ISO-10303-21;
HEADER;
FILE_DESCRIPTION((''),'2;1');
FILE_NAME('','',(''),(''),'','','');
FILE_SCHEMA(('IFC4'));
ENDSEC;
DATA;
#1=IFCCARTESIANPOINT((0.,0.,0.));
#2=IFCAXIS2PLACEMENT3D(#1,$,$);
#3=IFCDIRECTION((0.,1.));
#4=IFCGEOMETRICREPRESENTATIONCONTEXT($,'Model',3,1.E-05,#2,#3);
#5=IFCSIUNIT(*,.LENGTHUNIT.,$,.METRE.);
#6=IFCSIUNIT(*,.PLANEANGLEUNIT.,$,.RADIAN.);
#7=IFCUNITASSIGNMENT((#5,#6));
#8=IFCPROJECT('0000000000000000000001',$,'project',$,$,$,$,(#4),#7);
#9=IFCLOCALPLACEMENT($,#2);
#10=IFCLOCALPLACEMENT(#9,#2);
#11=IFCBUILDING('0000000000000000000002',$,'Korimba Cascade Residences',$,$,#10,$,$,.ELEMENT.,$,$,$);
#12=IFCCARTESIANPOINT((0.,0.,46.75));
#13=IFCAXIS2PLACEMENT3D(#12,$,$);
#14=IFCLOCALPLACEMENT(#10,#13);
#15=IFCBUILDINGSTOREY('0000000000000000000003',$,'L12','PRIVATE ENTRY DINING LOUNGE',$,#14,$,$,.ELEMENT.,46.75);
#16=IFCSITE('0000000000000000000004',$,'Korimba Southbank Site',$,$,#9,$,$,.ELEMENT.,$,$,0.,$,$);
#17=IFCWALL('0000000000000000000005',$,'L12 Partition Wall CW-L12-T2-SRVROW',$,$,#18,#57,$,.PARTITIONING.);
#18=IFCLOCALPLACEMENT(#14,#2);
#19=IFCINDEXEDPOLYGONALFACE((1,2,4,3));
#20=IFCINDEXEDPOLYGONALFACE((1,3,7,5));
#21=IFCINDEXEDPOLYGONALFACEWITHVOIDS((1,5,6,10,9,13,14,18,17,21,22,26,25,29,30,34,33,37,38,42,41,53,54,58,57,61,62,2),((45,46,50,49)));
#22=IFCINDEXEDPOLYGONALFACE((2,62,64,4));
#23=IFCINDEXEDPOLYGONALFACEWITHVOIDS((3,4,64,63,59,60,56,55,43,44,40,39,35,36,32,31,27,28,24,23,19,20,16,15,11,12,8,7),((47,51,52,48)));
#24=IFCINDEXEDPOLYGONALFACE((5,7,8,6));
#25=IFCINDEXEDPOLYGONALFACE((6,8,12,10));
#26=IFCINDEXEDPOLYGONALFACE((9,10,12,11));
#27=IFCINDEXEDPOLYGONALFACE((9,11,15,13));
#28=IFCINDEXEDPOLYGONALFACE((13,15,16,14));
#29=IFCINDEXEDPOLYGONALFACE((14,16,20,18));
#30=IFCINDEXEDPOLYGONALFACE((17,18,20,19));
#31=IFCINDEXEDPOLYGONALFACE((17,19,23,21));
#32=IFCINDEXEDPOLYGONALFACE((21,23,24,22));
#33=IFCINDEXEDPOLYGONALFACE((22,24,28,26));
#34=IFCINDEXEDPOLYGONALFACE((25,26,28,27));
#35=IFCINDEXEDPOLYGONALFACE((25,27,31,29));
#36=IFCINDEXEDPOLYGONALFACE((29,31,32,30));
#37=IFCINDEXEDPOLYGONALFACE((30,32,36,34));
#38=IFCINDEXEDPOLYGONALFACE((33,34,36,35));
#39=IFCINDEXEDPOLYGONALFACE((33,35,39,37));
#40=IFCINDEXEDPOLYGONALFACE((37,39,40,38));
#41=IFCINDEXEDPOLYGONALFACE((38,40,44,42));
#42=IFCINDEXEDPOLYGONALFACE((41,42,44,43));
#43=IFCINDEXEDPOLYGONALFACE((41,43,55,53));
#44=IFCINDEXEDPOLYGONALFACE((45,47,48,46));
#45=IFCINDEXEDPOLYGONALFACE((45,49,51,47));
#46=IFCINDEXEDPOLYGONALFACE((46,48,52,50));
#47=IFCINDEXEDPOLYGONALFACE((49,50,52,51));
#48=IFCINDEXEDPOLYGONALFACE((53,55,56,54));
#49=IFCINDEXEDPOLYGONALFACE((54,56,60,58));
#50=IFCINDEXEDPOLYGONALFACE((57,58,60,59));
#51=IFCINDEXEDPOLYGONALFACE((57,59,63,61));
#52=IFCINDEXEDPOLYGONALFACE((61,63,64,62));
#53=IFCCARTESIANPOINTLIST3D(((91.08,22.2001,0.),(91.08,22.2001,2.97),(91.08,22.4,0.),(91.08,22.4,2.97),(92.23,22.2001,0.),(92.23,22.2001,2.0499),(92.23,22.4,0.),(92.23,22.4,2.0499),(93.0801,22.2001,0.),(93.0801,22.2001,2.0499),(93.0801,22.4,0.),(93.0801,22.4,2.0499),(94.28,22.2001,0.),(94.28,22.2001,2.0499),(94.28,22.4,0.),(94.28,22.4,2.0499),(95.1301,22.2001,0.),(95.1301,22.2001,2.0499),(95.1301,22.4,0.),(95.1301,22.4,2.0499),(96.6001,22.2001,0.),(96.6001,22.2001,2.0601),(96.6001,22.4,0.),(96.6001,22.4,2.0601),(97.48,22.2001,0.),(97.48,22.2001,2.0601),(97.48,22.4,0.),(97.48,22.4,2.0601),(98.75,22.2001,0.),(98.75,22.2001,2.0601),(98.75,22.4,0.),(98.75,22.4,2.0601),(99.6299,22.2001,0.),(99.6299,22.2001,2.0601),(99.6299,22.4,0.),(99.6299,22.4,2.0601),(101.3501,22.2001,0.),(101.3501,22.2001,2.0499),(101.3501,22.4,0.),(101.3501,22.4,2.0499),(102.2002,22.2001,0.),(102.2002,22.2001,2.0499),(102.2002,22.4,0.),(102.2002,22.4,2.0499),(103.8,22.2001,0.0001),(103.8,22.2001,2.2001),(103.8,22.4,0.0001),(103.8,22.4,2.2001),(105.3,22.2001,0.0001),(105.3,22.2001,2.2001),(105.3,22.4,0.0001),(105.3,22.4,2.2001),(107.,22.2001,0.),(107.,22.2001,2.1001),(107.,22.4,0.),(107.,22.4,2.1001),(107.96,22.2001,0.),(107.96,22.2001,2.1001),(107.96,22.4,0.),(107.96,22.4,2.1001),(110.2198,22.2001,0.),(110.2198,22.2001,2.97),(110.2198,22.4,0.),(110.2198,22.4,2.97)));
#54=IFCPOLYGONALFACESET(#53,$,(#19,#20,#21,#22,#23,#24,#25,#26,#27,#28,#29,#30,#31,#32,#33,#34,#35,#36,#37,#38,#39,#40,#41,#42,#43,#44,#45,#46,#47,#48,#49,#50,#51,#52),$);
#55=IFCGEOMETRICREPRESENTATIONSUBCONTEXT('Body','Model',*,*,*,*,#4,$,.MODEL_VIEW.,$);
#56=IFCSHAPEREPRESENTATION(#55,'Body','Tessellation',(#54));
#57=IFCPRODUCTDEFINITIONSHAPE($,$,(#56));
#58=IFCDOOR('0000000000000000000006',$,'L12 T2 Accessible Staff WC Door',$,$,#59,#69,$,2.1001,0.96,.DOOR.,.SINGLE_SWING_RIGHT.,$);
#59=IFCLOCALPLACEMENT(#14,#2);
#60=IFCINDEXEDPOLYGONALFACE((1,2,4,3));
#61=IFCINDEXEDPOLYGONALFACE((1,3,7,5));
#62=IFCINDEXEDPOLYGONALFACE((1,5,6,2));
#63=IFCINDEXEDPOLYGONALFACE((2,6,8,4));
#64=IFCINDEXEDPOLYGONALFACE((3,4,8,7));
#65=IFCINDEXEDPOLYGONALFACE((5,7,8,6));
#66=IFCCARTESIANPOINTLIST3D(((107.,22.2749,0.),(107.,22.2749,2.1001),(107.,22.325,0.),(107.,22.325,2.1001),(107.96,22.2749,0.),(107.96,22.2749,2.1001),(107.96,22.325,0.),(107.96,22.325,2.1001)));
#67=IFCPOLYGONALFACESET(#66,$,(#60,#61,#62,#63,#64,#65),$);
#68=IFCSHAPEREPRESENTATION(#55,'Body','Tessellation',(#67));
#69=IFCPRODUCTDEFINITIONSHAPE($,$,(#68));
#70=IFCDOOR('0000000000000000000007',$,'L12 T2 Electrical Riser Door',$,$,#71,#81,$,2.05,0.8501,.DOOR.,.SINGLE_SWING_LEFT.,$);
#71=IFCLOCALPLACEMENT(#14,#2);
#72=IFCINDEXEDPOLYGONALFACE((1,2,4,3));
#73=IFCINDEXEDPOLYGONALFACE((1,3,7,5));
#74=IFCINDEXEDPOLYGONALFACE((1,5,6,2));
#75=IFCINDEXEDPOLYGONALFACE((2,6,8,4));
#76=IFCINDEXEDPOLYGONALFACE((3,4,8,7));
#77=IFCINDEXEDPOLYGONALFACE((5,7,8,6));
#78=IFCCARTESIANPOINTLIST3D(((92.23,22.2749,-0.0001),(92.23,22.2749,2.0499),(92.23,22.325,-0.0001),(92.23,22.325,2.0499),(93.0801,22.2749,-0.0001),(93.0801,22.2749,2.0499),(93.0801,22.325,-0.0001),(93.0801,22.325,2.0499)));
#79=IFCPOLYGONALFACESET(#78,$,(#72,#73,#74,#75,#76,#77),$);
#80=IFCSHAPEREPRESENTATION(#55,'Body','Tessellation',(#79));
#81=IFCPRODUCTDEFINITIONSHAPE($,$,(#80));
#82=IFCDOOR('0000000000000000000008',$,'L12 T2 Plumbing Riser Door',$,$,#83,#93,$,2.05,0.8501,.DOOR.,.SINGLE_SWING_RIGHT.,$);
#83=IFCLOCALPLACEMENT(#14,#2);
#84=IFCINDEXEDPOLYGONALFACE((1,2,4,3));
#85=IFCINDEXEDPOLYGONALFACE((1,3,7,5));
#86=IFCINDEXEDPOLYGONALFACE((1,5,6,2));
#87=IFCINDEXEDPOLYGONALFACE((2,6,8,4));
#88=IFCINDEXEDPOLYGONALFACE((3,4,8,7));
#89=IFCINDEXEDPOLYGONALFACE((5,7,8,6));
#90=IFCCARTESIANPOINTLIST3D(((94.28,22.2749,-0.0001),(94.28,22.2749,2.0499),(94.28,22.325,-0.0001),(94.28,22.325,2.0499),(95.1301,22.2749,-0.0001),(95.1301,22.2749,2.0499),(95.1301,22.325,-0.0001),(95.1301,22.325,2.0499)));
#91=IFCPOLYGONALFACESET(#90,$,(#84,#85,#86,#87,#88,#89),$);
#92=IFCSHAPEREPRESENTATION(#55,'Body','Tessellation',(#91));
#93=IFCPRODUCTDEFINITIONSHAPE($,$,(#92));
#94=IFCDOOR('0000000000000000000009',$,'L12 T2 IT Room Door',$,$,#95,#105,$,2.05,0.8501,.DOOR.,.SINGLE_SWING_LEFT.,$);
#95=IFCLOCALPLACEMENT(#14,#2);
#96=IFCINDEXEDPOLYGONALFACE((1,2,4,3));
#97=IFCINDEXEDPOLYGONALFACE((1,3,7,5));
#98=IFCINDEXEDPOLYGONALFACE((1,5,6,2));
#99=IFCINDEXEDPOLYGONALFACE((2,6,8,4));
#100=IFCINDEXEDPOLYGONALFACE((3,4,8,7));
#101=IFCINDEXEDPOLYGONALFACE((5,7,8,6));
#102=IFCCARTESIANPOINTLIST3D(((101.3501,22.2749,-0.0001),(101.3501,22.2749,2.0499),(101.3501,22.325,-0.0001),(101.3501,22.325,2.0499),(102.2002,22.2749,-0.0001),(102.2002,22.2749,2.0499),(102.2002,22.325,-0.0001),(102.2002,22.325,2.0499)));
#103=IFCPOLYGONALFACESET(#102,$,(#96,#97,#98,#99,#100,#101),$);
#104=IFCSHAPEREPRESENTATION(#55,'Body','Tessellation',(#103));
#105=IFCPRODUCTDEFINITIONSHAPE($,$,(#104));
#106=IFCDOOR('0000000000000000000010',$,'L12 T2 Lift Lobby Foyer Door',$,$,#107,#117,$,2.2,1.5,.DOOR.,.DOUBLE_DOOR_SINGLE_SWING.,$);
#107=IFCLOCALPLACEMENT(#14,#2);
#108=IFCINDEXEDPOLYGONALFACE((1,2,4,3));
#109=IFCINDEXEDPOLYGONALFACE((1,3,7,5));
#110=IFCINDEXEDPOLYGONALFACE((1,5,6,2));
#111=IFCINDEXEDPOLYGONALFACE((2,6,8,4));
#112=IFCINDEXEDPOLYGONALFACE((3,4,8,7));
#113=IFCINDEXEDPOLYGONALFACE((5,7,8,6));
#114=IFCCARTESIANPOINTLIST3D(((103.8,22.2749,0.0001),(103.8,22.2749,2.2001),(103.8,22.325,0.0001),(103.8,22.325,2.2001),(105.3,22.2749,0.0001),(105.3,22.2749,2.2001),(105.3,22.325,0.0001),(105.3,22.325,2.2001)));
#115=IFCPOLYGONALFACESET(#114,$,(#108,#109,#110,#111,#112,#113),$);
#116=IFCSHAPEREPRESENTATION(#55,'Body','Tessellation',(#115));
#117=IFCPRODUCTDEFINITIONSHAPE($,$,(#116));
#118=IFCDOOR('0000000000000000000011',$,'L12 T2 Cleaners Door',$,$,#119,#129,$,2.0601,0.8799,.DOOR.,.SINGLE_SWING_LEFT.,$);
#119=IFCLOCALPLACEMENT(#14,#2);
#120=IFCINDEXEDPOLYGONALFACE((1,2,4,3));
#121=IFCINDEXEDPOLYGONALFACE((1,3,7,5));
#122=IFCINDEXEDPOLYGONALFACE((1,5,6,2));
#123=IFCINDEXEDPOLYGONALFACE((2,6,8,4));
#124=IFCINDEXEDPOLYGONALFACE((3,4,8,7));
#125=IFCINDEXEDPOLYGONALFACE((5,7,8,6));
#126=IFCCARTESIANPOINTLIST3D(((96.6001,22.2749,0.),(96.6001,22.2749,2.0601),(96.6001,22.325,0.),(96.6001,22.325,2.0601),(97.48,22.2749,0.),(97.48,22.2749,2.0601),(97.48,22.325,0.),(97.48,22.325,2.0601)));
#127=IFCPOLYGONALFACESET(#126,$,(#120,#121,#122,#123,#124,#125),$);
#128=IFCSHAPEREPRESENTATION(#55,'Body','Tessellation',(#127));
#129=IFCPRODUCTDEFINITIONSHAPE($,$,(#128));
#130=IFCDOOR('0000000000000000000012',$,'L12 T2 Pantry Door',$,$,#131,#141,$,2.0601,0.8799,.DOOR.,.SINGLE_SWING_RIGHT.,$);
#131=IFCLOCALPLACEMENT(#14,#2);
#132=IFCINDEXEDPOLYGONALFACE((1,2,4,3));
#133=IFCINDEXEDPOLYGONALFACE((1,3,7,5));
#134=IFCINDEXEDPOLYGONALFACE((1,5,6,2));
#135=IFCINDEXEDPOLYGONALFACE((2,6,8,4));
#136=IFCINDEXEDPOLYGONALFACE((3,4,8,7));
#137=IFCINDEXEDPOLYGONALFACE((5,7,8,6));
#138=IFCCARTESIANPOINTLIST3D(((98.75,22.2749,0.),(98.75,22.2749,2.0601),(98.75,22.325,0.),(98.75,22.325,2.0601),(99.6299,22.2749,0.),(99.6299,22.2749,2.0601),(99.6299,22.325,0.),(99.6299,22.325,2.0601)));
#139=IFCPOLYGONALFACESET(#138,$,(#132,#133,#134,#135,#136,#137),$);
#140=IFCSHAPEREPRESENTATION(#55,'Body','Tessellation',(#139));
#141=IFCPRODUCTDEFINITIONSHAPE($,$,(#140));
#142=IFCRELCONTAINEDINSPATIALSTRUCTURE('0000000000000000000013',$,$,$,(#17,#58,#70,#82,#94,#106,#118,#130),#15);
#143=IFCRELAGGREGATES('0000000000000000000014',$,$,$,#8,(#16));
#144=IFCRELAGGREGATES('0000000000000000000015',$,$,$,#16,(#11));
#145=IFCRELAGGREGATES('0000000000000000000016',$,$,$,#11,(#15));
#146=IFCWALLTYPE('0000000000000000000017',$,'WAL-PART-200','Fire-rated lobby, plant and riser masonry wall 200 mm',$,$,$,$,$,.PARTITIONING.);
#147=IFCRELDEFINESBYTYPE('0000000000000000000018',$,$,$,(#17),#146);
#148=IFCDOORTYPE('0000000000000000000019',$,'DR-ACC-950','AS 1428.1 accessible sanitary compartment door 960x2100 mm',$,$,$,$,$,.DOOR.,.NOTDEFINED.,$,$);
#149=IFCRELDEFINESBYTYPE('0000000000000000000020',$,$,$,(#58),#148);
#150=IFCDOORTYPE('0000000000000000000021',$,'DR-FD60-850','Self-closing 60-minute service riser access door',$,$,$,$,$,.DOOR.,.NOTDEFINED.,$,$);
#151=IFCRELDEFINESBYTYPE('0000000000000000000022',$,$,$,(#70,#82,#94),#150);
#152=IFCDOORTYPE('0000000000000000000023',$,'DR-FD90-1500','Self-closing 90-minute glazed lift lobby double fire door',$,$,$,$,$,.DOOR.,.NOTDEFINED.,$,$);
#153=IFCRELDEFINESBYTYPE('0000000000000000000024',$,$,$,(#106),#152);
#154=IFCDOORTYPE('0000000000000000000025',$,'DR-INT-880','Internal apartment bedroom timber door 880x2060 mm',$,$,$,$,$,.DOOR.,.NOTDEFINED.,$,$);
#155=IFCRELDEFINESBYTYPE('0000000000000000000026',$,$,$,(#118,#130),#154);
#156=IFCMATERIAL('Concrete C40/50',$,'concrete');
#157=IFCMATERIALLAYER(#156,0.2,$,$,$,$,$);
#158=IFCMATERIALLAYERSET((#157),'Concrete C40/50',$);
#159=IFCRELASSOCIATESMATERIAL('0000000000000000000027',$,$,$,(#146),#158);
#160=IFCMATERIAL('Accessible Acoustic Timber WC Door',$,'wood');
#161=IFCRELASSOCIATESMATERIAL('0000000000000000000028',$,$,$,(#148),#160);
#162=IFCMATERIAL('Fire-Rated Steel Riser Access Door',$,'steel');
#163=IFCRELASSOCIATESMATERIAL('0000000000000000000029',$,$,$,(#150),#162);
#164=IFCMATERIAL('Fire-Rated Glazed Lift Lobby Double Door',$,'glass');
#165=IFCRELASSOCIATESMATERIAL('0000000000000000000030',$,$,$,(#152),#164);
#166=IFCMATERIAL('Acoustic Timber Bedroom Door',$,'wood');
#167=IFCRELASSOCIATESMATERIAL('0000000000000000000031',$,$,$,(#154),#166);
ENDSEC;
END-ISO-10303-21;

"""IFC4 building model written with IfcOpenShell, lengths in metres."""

from ifc_helpers import new_model, si_unit, direction, frame, frame_2d, origin, place, context, subcontext, project, spatial, rectangle, extrude, material, layer, layer_set, type_object, element, fill, save


model = new_model("IFC4")

# Units and contexts
model_context = context("Model", 3, precision=1e-05, world=origin(), true_north=direction((0.0, 1.0)))
body_context = subcontext(model_context, "Body", "Model", "MODEL_VIEW")
ifc_project = project(units=[si_unit("LENGTHUNIT", "METRE"), si_unit("PLANEANGLEUNIT", "RADIAN")], contexts=[model_context])

# Site, building, storey
site_placement = place(None, origin())
site = spatial("IfcSite", under=ifc_project, at=site_placement, Name="Korimba Southbank Site", CompositionType="ELEMENT", RefElevation=0.0)
building_placement = place(site_placement, origin())
building = spatial("IfcBuilding", under=site, at=building_placement, Name="Korimba Cascade Residences", CompositionType="ELEMENT")
storey_placement = place(building_placement, frame((0.0, 0.0, 46.75)))
storey = spatial("IfcBuildingStorey", under=building, at=storey_placement, Name="L12", Description="PRIVATE ENTRY DINING LOUNGE", CompositionType="ELEMENT", Elevation=46.75)

# Shared definitions
ifc_material_1 = material(Name="Concrete C40/50", Category="concrete")
ifc_layer_1 = layer(ifc_material_1, 0.2)
ifc_layer_set_1 = layer_set([ifc_layer_1], Name="Concrete C40/50")
wall_type_1 = type_object("IfcWallType", Name="WAL-PART-200", Description="Fire-rated lobby, plant and riser masonry wall 200 mm", PredefinedType="PARTITIONING", material=ifc_layer_set_1)

# Wall, openings, doors
wall_1_placement = place(storey_placement, frame((91.0801, 22.3, 0.0), z_axis=(0.0, 0.0, 1.0), x_axis=(1.0, 0.0, 0.0)))
wall_1 = element("IfcWall", 1, at=wall_1_placement, inside=storey, type_object=wall_type_1, Name="L12 Partition Wall CW-L12-T2-SRVROW", PredefinedType="PARTITIONING", context=body_context, shape_type="SweptSolid", body=[
    extrude(rectangle(XDim=19.1399, YDim=0.2, at=frame_2d((9.5698, 0.0))), origin(), (0.0, 0.0, 1.0), 2.97),
])
opening_1_placement = place(wall_1_placement, frame((1.1499, 0.0, 0.0)))
opening_1 = element("IfcOpeningElement", 2, at=opening_1_placement, cuts=wall_1, PredefinedType="OPENING", context=body_context, shape_type="SweptSolid", body=[
    extrude(rectangle(XDim=0.8501, YDim=2.05, at=frame_2d((0.425, 1.0249))), frame((0.0, 0.1099, 0.0), z_axis=(0.0, -1.0, 0.0), x_axis=(1.0, 0.0, 0.0)), (0.0, 0.0, 1.0), 0.22),
])
opening_2_placement = place(wall_1_placement, frame((3.2, 0.0, 0.0)))
opening_2 = element("IfcOpeningElement", 3, at=opening_2_placement, cuts=wall_1, PredefinedType="OPENING", context=body_context, shape_type="SweptSolid", body=[
    extrude(rectangle(XDim=0.8501, YDim=2.05, at=frame_2d((0.425, 1.0249))), frame((0.0, 0.1099, 0.0), z_axis=(0.0, -1.0, 0.0), x_axis=(1.0, 0.0, 0.0)), (0.0, 0.0, 1.0), 0.22),
])
opening_3_placement = place(wall_1_placement, frame((12.72, 0.0, 0.0)))
opening_3 = element("IfcOpeningElement", 4, at=opening_3_placement, cuts=wall_1, PredefinedType="OPENING", context=body_context, shape_type="SweptSolid", body=[
    extrude(rectangle(XDim=1.5, YDim=2.2, at=frame_2d((0.75, 1.1001))), frame((0.0, 0.1099, 0.0), z_axis=(0.0, -1.0, 0.0), x_axis=(1.0, 0.0, 0.0)), (0.0, 0.0, 1.0), 0.22),
])
opening_4_placement = place(wall_1_placement, frame((5.52, 0.0, 0.0)))
opening_4 = element("IfcOpeningElement", 5, at=opening_4_placement, cuts=wall_1, PredefinedType="OPENING", context=body_context, shape_type="SweptSolid", body=[
    extrude(rectangle(XDim=0.8799, YDim=2.0601, at=frame_2d((0.4399, 1.03))), frame((0.0, 0.1099, 0.0), z_axis=(0.0, -1.0, 0.0), x_axis=(1.0, 0.0, 0.0)), (0.0, 0.0, 1.0), 0.22),
])
opening_5_placement = place(wall_1_placement, frame((7.6699, 0.0, 0.0)))
opening_5 = element("IfcOpeningElement", 6, at=opening_5_placement, cuts=wall_1, PredefinedType="OPENING", context=body_context, shape_type="SweptSolid", body=[
    extrude(rectangle(XDim=0.8799, YDim=2.0601, at=frame_2d((0.4399, 1.03))), frame((0.0, 0.1099, 0.0), z_axis=(0.0, -1.0, 0.0), x_axis=(1.0, 0.0, 0.0)), (0.0, 0.0, 1.0), 0.22),
])
opening_6_placement = place(wall_1_placement, frame((10.27, 0.0, 0.0)))
opening_6 = element("IfcOpeningElement", 7, at=opening_6_placement, cuts=wall_1, PredefinedType="OPENING", context=body_context, shape_type="SweptSolid", body=[
    extrude(rectangle(XDim=0.8501, YDim=2.05, at=frame_2d((0.425, 1.0249))), frame((0.0, 0.1099, 0.0), z_axis=(0.0, -1.0, 0.0), x_axis=(1.0, 0.0, 0.0)), (0.0, 0.0, 1.0), 0.22),
])
opening_7_placement = place(wall_1_placement, frame((15.9199, 0.0, 0.0)))
opening_7 = element("IfcOpeningElement", 8, at=opening_7_placement, cuts=wall_1, PredefinedType="OPENING", context=body_context, shape_type="SweptSolid", body=[
    extrude(rectangle(XDim=0.96, YDim=2.1001, at=frame_2d((0.48, 1.05))), frame((0.0, 0.1099, 0.0), z_axis=(0.0, -1.0, 0.0), x_axis=(1.0, 0.0, 0.0)), (0.0, 0.0, 1.0), 0.22),
])
ifc_material_2 = material(Name="Accessible Acoustic Timber WC Door", Category="wood")
door_type_1 = type_object("IfcDoorType", Name="DR-ACC-950", Description="AS 1428.1 accessible sanitary compartment door 960x2100 mm", OperationType="NOTDEFINED", PredefinedType="DOOR", material=ifc_material_2)
door_1_placement = place(opening_7_placement, origin())
door_1 = element("IfcDoor", 9, at=door_1_placement, inside=storey, type_object=door_type_1, Name="L12 T2 Accessible Staff WC Door", OperationType="SINGLE_SWING_RIGHT", OverallHeight=2.1001, OverallWidth=0.96, PredefinedType="DOOR", context=body_context, shape_type="SweptSolid", body=[
    extrude(rectangle(XDim=0.96, YDim=2.1001, at=frame_2d((0.48, 1.05))), frame((0.0, 0.0249, 0.0), z_axis=(0.0, -1.0, 0.0), x_axis=(1.0, 0.0, 0.0)), (0.0, 0.0, 1.0), 0.05),
])
fill(opening_7, door_1)
ifc_material_3 = material(Name="Fire-Rated Steel Riser Access Door", Category="steel")
door_type_2 = type_object("IfcDoorType", Name="DR-FD60-850", Description="Self-closing 60-minute service riser access door", OperationType="NOTDEFINED", PredefinedType="DOOR", material=ifc_material_3)
door_2_placement = place(opening_1_placement, origin())
door_2 = element("IfcDoor", 10, at=door_2_placement, inside=storey, type_object=door_type_2, Name="L12 T2 Electrical Riser Door", OperationType="SINGLE_SWING_LEFT", OverallHeight=2.05, OverallWidth=0.8501, PredefinedType="DOOR", context=body_context, shape_type="SweptSolid", body=[
    extrude(rectangle(XDim=0.8501, YDim=2.05, at=frame_2d((0.425, 1.0249))), frame((0.0, 0.0249, 0.0), z_axis=(0.0, -1.0, 0.0), x_axis=(1.0, 0.0, 0.0)), (0.0, 0.0, 1.0), 0.05),
])
fill(opening_1, door_2)
door_3_placement = place(opening_2_placement, origin())
door_3 = element("IfcDoor", 11, at=door_3_placement, inside=storey, type_object=door_type_2, Name="L12 T2 Plumbing Riser Door", OperationType="SINGLE_SWING_RIGHT", OverallHeight=2.05, OverallWidth=0.8501, PredefinedType="DOOR", context=body_context, shape_type="SweptSolid", body=[
    extrude(rectangle(XDim=0.8501, YDim=2.05, at=frame_2d((0.425, 1.0249))), frame((0.0, 0.0249, 0.0), z_axis=(0.0, -1.0, 0.0), x_axis=(1.0, 0.0, 0.0)), (0.0, 0.0, 1.0), 0.05),
])
fill(opening_2, door_3)
door_4_placement = place(opening_6_placement, origin())
door_4 = element("IfcDoor", 12, at=door_4_placement, inside=storey, type_object=door_type_2, Name="L12 T2 IT Room Door", OperationType="SINGLE_SWING_LEFT", OverallHeight=2.05, OverallWidth=0.8501, PredefinedType="DOOR", context=body_context, shape_type="SweptSolid", body=[
    extrude(rectangle(XDim=0.8501, YDim=2.05, at=frame_2d((0.425, 1.0249))), frame((0.0, 0.0249, 0.0), z_axis=(0.0, -1.0, 0.0), x_axis=(1.0, 0.0, 0.0)), (0.0, 0.0, 1.0), 0.05),
])
fill(opening_6, door_4)
ifc_material_4 = material(Name="Fire-Rated Glazed Lift Lobby Double Door", Category="glass")
door_type_3 = type_object("IfcDoorType", Name="DR-FD90-1500", Description="Self-closing 90-minute glazed lift lobby double fire door", OperationType="NOTDEFINED", PredefinedType="DOOR", material=ifc_material_4)
door_5_placement = place(opening_3_placement, origin())
door_5 = element("IfcDoor", 13, at=door_5_placement, inside=storey, type_object=door_type_3, Name="L12 T2 Lift Lobby Foyer Door", OperationType="DOUBLE_DOOR_SINGLE_SWING", OverallHeight=2.2, OverallWidth=1.5, PredefinedType="DOOR", context=body_context, shape_type="SweptSolid", body=[
    extrude(rectangle(XDim=1.5, YDim=2.2, at=frame_2d((0.75, 1.1001))), frame((0.0, 0.0249, 0.0), z_axis=(0.0, -1.0, 0.0), x_axis=(1.0, 0.0, 0.0)), (0.0, 0.0, 1.0), 0.05),
])
fill(opening_3, door_5)
ifc_material_5 = material(Name="Acoustic Timber Bedroom Door", Category="wood")
door_type_4 = type_object("IfcDoorType", Name="DR-INT-880", Description="Internal apartment bedroom timber door 880x2060 mm", OperationType="NOTDEFINED", PredefinedType="DOOR", material=ifc_material_5)
door_6_placement = place(opening_4_placement, origin())
door_6 = element("IfcDoor", 14, at=door_6_placement, inside=storey, type_object=door_type_4, Name="L12 T2 Cleaners Door", OperationType="SINGLE_SWING_LEFT", OverallHeight=2.0601, OverallWidth=0.8799, PredefinedType="DOOR", context=body_context, shape_type="SweptSolid", body=[
    extrude(rectangle(XDim=0.8799, YDim=2.0601, at=frame_2d((0.4399, 1.03))), frame((0.0, 0.0249, 0.0), z_axis=(0.0, -1.0, 0.0), x_axis=(1.0, 0.0, 0.0)), (0.0, 0.0, 1.0), 0.05),
])
fill(opening_4, door_6)
door_7_placement = place(opening_5_placement, origin())
door_7 = element("IfcDoor", 15, at=door_7_placement, inside=storey, type_object=door_type_4, Name="L12 T2 Pantry Door", OperationType="SINGLE_SWING_RIGHT", OverallHeight=2.0601, OverallWidth=0.8799, PredefinedType="DOOR", context=body_context, shape_type="SweptSolid", body=[
    extrude(rectangle(XDim=0.8799, YDim=2.0601, at=frame_2d((0.4399, 1.03))), frame((0.0, 0.0249, 0.0), z_axis=(0.0, -1.0, 0.0), x_axis=(1.0, 0.0, 0.0)), (0.0, 0.0, 1.0), 0.05),
])
fill(opening_5, door_7)

save(model, "model.ifc")
